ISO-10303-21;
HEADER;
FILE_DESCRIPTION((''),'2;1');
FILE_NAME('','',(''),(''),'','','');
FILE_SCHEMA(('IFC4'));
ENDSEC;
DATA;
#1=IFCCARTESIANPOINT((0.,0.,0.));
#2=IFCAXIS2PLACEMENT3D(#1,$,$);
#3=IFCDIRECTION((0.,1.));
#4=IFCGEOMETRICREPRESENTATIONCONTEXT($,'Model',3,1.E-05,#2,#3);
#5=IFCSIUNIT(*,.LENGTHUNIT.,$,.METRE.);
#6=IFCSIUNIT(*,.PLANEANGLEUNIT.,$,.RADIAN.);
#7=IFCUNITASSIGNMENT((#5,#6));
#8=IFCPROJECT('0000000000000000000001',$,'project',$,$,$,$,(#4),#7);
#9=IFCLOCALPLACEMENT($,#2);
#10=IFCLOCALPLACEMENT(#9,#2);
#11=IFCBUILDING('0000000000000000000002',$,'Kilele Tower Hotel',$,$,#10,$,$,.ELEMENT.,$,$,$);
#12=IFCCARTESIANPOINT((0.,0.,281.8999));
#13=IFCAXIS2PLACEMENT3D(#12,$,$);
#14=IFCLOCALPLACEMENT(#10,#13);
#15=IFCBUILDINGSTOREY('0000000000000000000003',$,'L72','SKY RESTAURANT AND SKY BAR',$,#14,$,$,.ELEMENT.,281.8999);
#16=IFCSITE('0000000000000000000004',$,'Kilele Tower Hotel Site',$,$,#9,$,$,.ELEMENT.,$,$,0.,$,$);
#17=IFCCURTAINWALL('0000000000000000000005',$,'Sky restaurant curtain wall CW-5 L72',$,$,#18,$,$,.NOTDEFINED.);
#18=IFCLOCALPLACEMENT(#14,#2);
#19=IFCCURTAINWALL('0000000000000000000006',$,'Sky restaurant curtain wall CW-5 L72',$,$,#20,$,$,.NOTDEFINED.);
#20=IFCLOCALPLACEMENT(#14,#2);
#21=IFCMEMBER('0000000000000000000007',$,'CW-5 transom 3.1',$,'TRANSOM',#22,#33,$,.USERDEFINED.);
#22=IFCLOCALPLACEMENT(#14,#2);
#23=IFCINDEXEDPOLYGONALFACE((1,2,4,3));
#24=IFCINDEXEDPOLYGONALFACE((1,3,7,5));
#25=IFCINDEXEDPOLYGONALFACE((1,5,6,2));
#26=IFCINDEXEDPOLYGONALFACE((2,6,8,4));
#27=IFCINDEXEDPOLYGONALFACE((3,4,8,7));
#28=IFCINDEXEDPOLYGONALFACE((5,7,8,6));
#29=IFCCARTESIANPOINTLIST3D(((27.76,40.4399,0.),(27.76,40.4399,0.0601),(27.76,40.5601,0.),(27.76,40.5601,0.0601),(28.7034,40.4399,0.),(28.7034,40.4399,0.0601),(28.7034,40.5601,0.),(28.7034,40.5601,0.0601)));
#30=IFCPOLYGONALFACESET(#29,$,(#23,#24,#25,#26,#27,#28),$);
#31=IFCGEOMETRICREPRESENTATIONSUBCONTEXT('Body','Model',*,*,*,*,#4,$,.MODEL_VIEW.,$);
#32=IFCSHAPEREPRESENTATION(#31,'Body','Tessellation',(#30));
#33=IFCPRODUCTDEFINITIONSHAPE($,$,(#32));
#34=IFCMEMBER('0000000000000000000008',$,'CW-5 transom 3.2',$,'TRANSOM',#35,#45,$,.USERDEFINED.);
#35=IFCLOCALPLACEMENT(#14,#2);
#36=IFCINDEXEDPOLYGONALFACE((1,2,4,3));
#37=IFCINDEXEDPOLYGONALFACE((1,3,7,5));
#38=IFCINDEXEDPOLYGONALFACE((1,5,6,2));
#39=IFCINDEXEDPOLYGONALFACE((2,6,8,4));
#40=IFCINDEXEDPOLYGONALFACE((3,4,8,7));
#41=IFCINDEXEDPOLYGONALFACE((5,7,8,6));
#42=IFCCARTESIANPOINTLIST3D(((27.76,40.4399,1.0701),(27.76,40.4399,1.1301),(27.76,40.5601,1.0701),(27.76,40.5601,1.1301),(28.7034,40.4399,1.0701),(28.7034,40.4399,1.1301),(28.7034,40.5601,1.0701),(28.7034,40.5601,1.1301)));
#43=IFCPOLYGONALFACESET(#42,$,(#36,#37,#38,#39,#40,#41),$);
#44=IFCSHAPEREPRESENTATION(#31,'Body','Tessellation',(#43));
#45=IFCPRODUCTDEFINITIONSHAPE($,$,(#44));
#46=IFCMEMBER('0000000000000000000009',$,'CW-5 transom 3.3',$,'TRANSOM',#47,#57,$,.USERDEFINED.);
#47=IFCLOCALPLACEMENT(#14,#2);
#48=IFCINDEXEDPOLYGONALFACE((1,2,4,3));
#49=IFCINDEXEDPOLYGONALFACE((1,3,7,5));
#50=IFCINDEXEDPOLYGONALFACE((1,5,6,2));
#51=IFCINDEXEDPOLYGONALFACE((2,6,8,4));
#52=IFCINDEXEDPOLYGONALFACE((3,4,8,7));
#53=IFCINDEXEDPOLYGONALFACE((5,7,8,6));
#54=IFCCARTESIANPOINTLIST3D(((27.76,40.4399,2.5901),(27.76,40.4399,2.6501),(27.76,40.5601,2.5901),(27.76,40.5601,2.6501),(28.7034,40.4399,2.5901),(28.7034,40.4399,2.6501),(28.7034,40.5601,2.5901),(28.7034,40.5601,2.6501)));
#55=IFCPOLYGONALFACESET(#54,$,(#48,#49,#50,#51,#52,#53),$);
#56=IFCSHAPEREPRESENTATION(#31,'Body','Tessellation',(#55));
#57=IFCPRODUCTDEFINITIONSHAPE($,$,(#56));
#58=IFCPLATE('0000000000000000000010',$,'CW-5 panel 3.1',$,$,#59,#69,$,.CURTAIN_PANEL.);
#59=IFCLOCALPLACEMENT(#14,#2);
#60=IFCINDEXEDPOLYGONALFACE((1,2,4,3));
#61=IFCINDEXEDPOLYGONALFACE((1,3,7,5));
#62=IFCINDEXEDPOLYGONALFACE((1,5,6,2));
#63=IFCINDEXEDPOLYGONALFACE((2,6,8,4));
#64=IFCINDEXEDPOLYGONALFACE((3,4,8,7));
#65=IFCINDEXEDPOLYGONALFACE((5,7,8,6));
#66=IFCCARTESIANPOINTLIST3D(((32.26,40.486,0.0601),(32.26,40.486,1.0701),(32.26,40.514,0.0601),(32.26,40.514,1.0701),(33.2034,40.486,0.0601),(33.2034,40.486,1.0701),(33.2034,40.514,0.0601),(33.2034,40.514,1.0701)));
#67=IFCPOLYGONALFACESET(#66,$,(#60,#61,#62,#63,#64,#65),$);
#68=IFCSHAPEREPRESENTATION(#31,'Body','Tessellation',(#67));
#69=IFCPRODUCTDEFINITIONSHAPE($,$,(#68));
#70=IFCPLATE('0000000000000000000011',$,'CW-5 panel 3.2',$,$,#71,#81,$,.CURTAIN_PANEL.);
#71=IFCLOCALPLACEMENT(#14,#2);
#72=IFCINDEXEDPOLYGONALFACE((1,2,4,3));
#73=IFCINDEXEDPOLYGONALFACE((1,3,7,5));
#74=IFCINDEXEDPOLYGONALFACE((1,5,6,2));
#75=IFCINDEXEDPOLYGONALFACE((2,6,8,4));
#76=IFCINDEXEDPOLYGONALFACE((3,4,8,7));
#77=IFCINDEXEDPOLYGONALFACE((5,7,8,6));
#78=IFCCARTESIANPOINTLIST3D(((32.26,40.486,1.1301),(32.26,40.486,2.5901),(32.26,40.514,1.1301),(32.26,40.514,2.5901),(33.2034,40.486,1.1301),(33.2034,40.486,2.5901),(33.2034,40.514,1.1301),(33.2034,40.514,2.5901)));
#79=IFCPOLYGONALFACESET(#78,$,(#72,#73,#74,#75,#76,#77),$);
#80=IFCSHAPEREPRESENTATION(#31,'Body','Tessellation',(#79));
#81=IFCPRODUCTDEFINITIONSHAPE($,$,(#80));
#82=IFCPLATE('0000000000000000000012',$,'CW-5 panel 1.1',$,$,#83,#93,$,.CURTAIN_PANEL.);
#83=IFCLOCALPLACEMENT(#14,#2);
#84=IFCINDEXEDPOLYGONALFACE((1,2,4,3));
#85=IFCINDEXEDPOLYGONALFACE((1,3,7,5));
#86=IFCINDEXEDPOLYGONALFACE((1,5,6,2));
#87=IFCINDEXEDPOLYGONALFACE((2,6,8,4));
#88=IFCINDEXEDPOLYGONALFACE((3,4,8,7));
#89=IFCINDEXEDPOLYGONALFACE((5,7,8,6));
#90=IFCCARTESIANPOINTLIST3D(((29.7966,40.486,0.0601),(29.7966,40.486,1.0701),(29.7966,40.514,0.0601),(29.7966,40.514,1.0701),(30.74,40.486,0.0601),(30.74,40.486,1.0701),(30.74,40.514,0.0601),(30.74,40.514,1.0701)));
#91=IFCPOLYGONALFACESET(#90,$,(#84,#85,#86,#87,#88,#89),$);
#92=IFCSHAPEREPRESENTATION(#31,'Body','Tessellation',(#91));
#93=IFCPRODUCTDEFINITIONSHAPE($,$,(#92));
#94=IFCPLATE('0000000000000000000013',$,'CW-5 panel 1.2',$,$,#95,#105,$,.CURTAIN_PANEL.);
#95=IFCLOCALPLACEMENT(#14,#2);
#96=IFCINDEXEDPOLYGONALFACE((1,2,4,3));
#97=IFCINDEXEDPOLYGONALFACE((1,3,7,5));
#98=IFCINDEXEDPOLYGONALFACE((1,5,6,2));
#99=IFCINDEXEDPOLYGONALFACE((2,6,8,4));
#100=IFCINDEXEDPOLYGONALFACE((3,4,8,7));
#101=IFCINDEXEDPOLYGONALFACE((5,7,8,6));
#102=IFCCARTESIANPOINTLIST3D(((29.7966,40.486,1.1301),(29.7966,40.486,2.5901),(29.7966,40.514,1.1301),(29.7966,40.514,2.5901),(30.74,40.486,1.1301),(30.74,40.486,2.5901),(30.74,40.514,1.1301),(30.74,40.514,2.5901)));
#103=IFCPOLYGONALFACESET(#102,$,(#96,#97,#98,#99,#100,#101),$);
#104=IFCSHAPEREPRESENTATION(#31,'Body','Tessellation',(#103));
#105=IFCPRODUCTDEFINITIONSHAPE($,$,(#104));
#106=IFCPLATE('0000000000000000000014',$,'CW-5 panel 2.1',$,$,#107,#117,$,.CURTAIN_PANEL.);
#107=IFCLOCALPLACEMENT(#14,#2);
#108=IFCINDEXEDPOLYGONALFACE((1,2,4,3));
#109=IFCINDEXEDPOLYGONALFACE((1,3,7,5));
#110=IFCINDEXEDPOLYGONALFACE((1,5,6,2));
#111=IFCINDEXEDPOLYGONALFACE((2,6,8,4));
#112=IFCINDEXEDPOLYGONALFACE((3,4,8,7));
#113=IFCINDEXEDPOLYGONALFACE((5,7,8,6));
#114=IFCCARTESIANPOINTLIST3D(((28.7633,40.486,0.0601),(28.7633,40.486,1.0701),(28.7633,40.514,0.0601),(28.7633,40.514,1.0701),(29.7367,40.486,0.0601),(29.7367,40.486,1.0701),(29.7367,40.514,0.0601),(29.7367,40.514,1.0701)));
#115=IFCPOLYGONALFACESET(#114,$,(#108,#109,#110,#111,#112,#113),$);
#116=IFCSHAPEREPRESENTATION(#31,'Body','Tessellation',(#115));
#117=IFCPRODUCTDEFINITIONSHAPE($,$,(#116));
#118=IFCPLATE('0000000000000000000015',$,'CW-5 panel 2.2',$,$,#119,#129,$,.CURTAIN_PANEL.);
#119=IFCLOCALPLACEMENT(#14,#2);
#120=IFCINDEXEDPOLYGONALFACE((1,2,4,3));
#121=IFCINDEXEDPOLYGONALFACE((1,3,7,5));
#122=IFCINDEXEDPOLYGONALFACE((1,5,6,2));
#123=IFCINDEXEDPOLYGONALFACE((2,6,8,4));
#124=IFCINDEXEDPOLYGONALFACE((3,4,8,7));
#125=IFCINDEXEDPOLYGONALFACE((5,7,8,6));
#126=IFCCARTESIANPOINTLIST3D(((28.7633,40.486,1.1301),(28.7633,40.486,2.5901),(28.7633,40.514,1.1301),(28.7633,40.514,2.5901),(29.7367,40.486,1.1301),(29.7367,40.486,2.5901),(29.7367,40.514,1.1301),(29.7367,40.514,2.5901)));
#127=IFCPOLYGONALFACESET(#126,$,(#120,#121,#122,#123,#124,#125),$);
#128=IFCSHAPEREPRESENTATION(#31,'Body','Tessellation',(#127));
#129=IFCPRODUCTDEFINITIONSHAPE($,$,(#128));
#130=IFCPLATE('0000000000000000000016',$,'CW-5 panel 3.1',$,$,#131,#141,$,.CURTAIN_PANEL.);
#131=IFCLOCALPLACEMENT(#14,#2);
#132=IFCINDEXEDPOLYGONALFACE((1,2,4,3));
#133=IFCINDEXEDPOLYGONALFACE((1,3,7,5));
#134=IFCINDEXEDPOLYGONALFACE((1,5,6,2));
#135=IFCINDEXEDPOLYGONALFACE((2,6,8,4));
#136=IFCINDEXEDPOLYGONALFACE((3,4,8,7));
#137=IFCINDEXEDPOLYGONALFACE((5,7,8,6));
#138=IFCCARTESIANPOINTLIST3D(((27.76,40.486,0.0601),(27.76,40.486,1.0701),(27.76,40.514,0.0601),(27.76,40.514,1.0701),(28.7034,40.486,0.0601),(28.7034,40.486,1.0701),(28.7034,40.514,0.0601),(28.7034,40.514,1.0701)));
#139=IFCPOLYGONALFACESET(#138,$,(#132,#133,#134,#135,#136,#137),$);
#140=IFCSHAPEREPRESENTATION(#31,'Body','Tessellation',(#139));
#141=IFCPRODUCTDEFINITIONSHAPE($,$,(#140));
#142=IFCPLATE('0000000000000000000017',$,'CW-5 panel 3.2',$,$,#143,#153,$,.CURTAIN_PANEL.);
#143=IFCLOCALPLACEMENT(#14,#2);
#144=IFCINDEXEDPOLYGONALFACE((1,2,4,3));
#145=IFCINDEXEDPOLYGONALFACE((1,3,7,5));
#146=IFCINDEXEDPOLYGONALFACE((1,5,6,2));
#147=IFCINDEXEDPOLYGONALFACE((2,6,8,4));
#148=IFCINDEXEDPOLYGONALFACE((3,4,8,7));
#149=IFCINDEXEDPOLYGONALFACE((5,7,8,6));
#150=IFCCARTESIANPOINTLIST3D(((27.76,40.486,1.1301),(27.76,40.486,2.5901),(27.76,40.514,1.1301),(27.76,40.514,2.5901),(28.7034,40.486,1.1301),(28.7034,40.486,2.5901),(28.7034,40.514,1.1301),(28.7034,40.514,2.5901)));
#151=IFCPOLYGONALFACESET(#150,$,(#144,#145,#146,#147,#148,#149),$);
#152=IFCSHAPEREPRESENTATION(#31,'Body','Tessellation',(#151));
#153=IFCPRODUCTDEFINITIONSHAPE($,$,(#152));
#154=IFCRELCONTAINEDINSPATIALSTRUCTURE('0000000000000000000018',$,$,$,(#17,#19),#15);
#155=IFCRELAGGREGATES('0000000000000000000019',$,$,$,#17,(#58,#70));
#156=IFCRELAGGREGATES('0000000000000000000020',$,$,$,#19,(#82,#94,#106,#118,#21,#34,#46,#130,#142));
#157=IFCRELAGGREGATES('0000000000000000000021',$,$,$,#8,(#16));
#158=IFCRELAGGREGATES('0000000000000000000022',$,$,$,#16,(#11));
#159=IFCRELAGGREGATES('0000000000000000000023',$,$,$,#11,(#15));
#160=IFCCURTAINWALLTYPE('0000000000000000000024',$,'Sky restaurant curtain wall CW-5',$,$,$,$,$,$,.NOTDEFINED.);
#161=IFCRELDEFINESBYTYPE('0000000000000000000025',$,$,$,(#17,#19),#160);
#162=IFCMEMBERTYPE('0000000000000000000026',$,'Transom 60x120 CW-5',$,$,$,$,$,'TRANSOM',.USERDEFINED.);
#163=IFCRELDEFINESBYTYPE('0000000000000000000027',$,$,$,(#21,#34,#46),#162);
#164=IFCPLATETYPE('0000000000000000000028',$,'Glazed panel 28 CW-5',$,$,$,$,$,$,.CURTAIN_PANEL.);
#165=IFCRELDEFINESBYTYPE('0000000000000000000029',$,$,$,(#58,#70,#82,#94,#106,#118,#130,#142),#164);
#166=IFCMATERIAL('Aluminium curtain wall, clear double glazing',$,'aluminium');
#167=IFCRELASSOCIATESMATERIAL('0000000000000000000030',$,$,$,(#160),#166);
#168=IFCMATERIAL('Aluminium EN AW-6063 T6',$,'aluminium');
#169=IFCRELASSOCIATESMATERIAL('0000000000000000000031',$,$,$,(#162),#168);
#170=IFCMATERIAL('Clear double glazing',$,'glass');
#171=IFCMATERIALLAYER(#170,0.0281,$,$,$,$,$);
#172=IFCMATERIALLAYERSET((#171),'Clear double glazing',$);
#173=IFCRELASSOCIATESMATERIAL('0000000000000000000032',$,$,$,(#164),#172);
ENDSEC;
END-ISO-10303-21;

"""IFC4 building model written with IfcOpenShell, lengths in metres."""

from ifc_helpers import new_model, si_unit, direction, frame, origin, origin_2d, place, context, subcontext, project, spatial, rectangle, extrude, material, layer, layer_set, material_profile, profile_set, type_object, element, aggregate, save


model = new_model("IFC4")

# Units and contexts
model_context = context("Model", 3, precision=1e-05, world=origin(), true_north=direction((0.0, 1.0)))
body_context = subcontext(model_context, "Body", "Model", "MODEL_VIEW")
ifc_project = project(units=[si_unit("LENGTHUNIT", "METRE"), si_unit("PLANEANGLEUNIT", "RADIAN")], contexts=[model_context])

# Site, building, storey
site_placement = place(None, origin())
site = spatial("IfcSite", under=ifc_project, at=site_placement, Name="Kilele Tower Hotel Site", CompositionType="ELEMENT", RefElevation=0.0)
building_placement = place(site_placement, origin())
building = spatial("IfcBuilding", under=site, at=building_placement, Name="Kilele Tower Hotel", CompositionType="ELEMENT")
storey_placement = place(building_placement, frame((0.0, 0.0, 281.8999)))
storey = spatial("IfcBuildingStorey", under=building, at=storey_placement, Name="L72", Description="SKY RESTAURANT AND SKY BAR", CompositionType="ELEMENT", Elevation=281.8999)

# Curtain wall
ifc_material_1 = material(Name="Aluminium curtain wall, clear double glazing", Category="aluminium")
curtain_wall_type = type_object("IfcCurtainWallType", Name="Sky restaurant curtain wall CW-5", PredefinedType="NOTDEFINED", material=ifc_material_1)
curtain_wall_1_placement = place(storey_placement, origin())
curtain_wall_1 = element("IfcCurtainWall", 1, at=curtain_wall_1_placement, inside=storey, type_object=curtain_wall_type, Name="Sky restaurant curtain wall CW-5 L72", PredefinedType="NOTDEFINED")

# Curtain wall
curtain_wall_2_placement = place(storey_placement, origin())
curtain_wall_2 = element("IfcCurtainWall", 2, at=curtain_wall_2_placement, inside=storey, type_object=curtain_wall_type, Name="Sky restaurant curtain wall CW-5 L72", PredefinedType="NOTDEFINED")

# Members
ifc_material_2 = material(Name="Aluminium EN AW-6063 T6", Category="aluminium")
ifc_material_profile_1 = material_profile(ifc_material_2, rectangle(XDim=0.1201, YDim=0.0601, at=origin_2d()))
ifc_profile_set_1 = profile_set([ifc_material_profile_1], Name="Aluminium EN AW-6063 T6")
member_type_1 = type_object("IfcMemberType", Name="Transom 60x120 CW-5", ElementType="TRANSOM", PredefinedType="USERDEFINED", material=ifc_profile_set_1)
member_1_placement = place(storey_placement, frame((28.7034, 40.5, 0.03), z_axis=(-1.0, 0.0, 0.0), x_axis=(0.0, -1.0, 0.0)))
member_1 = element("IfcMember", 3, at=member_1_placement, type_object=member_type_1, Name="CW-5 transom 3.1", ObjectType="TRANSOM", PredefinedType="USERDEFINED", context=body_context, shape_type="SweptSolid", body=[
    extrude(rectangle(XDim=0.1201, YDim=0.0601, at=origin_2d()), origin(), (0.0, 0.0, 1.0), 0.9434),
])
member_2_placement = place(storey_placement, frame((28.7034, 40.5, 1.1001), z_axis=(-1.0, 0.0, 0.0), x_axis=(0.0, -1.0, 0.0)))
member_2 = element("IfcMember", 4, at=member_2_placement, type_object=member_type_1, Name="CW-5 transom 3.2", ObjectType="TRANSOM", PredefinedType="USERDEFINED", context=body_context, shape_type="SweptSolid", body=[
    extrude(rectangle(XDim=0.1201, YDim=0.0601, at=origin_2d()), origin(), (0.0, 0.0, 1.0), 0.9434),
])
member_3_placement = place(storey_placement, frame((28.7034, 40.5, 2.6201), z_axis=(-1.0, 0.0, 0.0), x_axis=(0.0, -1.0, 0.0)))
member_3 = element("IfcMember", 5, at=member_3_placement, type_object=member_type_1, Name="CW-5 transom 3.3", ObjectType="TRANSOM", PredefinedType="USERDEFINED", context=body_context, shape_type="SweptSolid", body=[
    extrude(rectangle(XDim=0.1201, YDim=0.0601, at=origin_2d()), origin(), (0.0, 0.0, 1.0), 0.9434),
])

# Plates
ifc_material_3 = material(Name="Clear double glazing", Category="glass")
ifc_layer = layer(ifc_material_3, 0.0281)
ifc_layer_set = layer_set([ifc_layer], Name="Clear double glazing")
plate_type = type_object("IfcPlateType", Name="Glazed panel 28 CW-5", PredefinedType="CURTAIN_PANEL", material=ifc_layer_set)
plate_1_placement = place(storey_placement, frame((32.7317, 40.5, 0.0601), z_axis=(0.0, 0.0, 1.0), x_axis=(-1.0, 0.0, 0.0)))
plate_1 = element("IfcPlate", 6, at=plate_1_placement, type_object=plate_type, Name="CW-5 panel 3.1", PredefinedType="CURTAIN_PANEL", context=body_context, shape_type="SweptSolid", body=[
    extrude(rectangle(XDim=0.9434, YDim=0.0281, at=origin_2d()), origin(), (0.0, 0.0, 1.0), 1.01),
])
plate_2_placement = place(storey_placement, frame((32.7317, 40.5, 1.1301), z_axis=(0.0, 0.0, 1.0), x_axis=(-1.0, 0.0, 0.0)))
plate_2 = element("IfcPlate", 7, at=plate_2_placement, type_object=plate_type, Name="CW-5 panel 3.2", PredefinedType="CURTAIN_PANEL", context=body_context, shape_type="SweptSolid", body=[
    extrude(rectangle(XDim=0.9434, YDim=0.0281, at=origin_2d()), origin(), (0.0, 0.0, 1.0), 1.46),
])
aggregate(curtain_wall_1, [plate_1, plate_2])
plate_3_placement = place(storey_placement, frame((30.2683, 40.5, 0.0601), z_axis=(0.0, 0.0, 1.0), x_axis=(-1.0, 0.0, 0.0)))
plate_3 = element("IfcPlate", 8, at=plate_3_placement, type_object=plate_type, Name="CW-5 panel 1.1", PredefinedType="CURTAIN_PANEL", context=body_context, shape_type="SweptSolid", body=[
    extrude(rectangle(XDim=0.9434, YDim=0.0281, at=origin_2d()), origin(), (0.0, 0.0, 1.0), 1.01),
])
plate_4_placement = place(storey_placement, frame((30.2683, 40.5, 1.1301), z_axis=(0.0, 0.0, 1.0), x_axis=(-1.0, 0.0, 0.0)))
plate_4 = element("IfcPlate", 9, at=plate_4_placement, type_object=plate_type, Name="CW-5 panel 1.2", PredefinedType="CURTAIN_PANEL", context=body_context, shape_type="SweptSolid", body=[
    extrude(rectangle(XDim=0.9434, YDim=0.0281, at=origin_2d()), origin(), (0.0, 0.0, 1.0), 1.46),
])
plate_5_placement = place(storey_placement, frame((29.25, 40.5, 0.0601), z_axis=(0.0, 0.0, 1.0), x_axis=(-1.0, 0.0, 0.0)))
plate_5 = element("IfcPlate", 10, at=plate_5_placement, type_object=plate_type, Name="CW-5 panel 2.1", PredefinedType="CURTAIN_PANEL", context=body_context, shape_type="SweptSolid", body=[
    extrude(rectangle(XDim=0.9734, YDim=0.0281, at=origin_2d()), origin(), (0.0, 0.0, 1.0), 1.01),
])
plate_6_placement = place(storey_placement, frame((29.25, 40.5, 1.1301), z_axis=(0.0, 0.0, 1.0), x_axis=(-1.0, 0.0, 0.0)))
plate_6 = element("IfcPlate", 11, at=plate_6_placement, type_object=plate_type, Name="CW-5 panel 2.2", PredefinedType="CURTAIN_PANEL", context=body_context, shape_type="SweptSolid", body=[
    extrude(rectangle(XDim=0.9734, YDim=0.0281, at=origin_2d()), origin(), (0.0, 0.0, 1.0), 1.46),
])
plate_7_placement = place(storey_placement, frame((28.2317, 40.5, 0.0601), z_axis=(0.0, 0.0, 1.0), x_axis=(-1.0, 0.0, 0.0)))
plate_7 = element("IfcPlate", 12, at=plate_7_placement, type_object=plate_type, Name="CW-5 panel 3.1", PredefinedType="CURTAIN_PANEL", context=body_context, shape_type="SweptSolid", body=[
    extrude(rectangle(XDim=0.9434, YDim=0.0281, at=origin_2d()), origin(), (0.0, 0.0, 1.0), 1.01),
])
plate_8_placement = place(storey_placement, frame((28.2317, 40.5, 1.1301), z_axis=(0.0, 0.0, 1.0), x_axis=(-1.0, 0.0, 0.0)))
plate_8 = element("IfcPlate", 13, at=plate_8_placement, type_object=plate_type, Name="CW-5 panel 3.2", PredefinedType="CURTAIN_PANEL", context=body_context, shape_type="SweptSolid", body=[
    extrude(rectangle(XDim=0.9434, YDim=0.0281, at=origin_2d()), origin(), (0.0, 0.0, 1.0), 1.46),
])
aggregate(curtain_wall_2, [plate_3, plate_4, plate_5, plate_6, member_1, member_2, member_3, plate_7, plate_8])

save(model, "model.ifc")
